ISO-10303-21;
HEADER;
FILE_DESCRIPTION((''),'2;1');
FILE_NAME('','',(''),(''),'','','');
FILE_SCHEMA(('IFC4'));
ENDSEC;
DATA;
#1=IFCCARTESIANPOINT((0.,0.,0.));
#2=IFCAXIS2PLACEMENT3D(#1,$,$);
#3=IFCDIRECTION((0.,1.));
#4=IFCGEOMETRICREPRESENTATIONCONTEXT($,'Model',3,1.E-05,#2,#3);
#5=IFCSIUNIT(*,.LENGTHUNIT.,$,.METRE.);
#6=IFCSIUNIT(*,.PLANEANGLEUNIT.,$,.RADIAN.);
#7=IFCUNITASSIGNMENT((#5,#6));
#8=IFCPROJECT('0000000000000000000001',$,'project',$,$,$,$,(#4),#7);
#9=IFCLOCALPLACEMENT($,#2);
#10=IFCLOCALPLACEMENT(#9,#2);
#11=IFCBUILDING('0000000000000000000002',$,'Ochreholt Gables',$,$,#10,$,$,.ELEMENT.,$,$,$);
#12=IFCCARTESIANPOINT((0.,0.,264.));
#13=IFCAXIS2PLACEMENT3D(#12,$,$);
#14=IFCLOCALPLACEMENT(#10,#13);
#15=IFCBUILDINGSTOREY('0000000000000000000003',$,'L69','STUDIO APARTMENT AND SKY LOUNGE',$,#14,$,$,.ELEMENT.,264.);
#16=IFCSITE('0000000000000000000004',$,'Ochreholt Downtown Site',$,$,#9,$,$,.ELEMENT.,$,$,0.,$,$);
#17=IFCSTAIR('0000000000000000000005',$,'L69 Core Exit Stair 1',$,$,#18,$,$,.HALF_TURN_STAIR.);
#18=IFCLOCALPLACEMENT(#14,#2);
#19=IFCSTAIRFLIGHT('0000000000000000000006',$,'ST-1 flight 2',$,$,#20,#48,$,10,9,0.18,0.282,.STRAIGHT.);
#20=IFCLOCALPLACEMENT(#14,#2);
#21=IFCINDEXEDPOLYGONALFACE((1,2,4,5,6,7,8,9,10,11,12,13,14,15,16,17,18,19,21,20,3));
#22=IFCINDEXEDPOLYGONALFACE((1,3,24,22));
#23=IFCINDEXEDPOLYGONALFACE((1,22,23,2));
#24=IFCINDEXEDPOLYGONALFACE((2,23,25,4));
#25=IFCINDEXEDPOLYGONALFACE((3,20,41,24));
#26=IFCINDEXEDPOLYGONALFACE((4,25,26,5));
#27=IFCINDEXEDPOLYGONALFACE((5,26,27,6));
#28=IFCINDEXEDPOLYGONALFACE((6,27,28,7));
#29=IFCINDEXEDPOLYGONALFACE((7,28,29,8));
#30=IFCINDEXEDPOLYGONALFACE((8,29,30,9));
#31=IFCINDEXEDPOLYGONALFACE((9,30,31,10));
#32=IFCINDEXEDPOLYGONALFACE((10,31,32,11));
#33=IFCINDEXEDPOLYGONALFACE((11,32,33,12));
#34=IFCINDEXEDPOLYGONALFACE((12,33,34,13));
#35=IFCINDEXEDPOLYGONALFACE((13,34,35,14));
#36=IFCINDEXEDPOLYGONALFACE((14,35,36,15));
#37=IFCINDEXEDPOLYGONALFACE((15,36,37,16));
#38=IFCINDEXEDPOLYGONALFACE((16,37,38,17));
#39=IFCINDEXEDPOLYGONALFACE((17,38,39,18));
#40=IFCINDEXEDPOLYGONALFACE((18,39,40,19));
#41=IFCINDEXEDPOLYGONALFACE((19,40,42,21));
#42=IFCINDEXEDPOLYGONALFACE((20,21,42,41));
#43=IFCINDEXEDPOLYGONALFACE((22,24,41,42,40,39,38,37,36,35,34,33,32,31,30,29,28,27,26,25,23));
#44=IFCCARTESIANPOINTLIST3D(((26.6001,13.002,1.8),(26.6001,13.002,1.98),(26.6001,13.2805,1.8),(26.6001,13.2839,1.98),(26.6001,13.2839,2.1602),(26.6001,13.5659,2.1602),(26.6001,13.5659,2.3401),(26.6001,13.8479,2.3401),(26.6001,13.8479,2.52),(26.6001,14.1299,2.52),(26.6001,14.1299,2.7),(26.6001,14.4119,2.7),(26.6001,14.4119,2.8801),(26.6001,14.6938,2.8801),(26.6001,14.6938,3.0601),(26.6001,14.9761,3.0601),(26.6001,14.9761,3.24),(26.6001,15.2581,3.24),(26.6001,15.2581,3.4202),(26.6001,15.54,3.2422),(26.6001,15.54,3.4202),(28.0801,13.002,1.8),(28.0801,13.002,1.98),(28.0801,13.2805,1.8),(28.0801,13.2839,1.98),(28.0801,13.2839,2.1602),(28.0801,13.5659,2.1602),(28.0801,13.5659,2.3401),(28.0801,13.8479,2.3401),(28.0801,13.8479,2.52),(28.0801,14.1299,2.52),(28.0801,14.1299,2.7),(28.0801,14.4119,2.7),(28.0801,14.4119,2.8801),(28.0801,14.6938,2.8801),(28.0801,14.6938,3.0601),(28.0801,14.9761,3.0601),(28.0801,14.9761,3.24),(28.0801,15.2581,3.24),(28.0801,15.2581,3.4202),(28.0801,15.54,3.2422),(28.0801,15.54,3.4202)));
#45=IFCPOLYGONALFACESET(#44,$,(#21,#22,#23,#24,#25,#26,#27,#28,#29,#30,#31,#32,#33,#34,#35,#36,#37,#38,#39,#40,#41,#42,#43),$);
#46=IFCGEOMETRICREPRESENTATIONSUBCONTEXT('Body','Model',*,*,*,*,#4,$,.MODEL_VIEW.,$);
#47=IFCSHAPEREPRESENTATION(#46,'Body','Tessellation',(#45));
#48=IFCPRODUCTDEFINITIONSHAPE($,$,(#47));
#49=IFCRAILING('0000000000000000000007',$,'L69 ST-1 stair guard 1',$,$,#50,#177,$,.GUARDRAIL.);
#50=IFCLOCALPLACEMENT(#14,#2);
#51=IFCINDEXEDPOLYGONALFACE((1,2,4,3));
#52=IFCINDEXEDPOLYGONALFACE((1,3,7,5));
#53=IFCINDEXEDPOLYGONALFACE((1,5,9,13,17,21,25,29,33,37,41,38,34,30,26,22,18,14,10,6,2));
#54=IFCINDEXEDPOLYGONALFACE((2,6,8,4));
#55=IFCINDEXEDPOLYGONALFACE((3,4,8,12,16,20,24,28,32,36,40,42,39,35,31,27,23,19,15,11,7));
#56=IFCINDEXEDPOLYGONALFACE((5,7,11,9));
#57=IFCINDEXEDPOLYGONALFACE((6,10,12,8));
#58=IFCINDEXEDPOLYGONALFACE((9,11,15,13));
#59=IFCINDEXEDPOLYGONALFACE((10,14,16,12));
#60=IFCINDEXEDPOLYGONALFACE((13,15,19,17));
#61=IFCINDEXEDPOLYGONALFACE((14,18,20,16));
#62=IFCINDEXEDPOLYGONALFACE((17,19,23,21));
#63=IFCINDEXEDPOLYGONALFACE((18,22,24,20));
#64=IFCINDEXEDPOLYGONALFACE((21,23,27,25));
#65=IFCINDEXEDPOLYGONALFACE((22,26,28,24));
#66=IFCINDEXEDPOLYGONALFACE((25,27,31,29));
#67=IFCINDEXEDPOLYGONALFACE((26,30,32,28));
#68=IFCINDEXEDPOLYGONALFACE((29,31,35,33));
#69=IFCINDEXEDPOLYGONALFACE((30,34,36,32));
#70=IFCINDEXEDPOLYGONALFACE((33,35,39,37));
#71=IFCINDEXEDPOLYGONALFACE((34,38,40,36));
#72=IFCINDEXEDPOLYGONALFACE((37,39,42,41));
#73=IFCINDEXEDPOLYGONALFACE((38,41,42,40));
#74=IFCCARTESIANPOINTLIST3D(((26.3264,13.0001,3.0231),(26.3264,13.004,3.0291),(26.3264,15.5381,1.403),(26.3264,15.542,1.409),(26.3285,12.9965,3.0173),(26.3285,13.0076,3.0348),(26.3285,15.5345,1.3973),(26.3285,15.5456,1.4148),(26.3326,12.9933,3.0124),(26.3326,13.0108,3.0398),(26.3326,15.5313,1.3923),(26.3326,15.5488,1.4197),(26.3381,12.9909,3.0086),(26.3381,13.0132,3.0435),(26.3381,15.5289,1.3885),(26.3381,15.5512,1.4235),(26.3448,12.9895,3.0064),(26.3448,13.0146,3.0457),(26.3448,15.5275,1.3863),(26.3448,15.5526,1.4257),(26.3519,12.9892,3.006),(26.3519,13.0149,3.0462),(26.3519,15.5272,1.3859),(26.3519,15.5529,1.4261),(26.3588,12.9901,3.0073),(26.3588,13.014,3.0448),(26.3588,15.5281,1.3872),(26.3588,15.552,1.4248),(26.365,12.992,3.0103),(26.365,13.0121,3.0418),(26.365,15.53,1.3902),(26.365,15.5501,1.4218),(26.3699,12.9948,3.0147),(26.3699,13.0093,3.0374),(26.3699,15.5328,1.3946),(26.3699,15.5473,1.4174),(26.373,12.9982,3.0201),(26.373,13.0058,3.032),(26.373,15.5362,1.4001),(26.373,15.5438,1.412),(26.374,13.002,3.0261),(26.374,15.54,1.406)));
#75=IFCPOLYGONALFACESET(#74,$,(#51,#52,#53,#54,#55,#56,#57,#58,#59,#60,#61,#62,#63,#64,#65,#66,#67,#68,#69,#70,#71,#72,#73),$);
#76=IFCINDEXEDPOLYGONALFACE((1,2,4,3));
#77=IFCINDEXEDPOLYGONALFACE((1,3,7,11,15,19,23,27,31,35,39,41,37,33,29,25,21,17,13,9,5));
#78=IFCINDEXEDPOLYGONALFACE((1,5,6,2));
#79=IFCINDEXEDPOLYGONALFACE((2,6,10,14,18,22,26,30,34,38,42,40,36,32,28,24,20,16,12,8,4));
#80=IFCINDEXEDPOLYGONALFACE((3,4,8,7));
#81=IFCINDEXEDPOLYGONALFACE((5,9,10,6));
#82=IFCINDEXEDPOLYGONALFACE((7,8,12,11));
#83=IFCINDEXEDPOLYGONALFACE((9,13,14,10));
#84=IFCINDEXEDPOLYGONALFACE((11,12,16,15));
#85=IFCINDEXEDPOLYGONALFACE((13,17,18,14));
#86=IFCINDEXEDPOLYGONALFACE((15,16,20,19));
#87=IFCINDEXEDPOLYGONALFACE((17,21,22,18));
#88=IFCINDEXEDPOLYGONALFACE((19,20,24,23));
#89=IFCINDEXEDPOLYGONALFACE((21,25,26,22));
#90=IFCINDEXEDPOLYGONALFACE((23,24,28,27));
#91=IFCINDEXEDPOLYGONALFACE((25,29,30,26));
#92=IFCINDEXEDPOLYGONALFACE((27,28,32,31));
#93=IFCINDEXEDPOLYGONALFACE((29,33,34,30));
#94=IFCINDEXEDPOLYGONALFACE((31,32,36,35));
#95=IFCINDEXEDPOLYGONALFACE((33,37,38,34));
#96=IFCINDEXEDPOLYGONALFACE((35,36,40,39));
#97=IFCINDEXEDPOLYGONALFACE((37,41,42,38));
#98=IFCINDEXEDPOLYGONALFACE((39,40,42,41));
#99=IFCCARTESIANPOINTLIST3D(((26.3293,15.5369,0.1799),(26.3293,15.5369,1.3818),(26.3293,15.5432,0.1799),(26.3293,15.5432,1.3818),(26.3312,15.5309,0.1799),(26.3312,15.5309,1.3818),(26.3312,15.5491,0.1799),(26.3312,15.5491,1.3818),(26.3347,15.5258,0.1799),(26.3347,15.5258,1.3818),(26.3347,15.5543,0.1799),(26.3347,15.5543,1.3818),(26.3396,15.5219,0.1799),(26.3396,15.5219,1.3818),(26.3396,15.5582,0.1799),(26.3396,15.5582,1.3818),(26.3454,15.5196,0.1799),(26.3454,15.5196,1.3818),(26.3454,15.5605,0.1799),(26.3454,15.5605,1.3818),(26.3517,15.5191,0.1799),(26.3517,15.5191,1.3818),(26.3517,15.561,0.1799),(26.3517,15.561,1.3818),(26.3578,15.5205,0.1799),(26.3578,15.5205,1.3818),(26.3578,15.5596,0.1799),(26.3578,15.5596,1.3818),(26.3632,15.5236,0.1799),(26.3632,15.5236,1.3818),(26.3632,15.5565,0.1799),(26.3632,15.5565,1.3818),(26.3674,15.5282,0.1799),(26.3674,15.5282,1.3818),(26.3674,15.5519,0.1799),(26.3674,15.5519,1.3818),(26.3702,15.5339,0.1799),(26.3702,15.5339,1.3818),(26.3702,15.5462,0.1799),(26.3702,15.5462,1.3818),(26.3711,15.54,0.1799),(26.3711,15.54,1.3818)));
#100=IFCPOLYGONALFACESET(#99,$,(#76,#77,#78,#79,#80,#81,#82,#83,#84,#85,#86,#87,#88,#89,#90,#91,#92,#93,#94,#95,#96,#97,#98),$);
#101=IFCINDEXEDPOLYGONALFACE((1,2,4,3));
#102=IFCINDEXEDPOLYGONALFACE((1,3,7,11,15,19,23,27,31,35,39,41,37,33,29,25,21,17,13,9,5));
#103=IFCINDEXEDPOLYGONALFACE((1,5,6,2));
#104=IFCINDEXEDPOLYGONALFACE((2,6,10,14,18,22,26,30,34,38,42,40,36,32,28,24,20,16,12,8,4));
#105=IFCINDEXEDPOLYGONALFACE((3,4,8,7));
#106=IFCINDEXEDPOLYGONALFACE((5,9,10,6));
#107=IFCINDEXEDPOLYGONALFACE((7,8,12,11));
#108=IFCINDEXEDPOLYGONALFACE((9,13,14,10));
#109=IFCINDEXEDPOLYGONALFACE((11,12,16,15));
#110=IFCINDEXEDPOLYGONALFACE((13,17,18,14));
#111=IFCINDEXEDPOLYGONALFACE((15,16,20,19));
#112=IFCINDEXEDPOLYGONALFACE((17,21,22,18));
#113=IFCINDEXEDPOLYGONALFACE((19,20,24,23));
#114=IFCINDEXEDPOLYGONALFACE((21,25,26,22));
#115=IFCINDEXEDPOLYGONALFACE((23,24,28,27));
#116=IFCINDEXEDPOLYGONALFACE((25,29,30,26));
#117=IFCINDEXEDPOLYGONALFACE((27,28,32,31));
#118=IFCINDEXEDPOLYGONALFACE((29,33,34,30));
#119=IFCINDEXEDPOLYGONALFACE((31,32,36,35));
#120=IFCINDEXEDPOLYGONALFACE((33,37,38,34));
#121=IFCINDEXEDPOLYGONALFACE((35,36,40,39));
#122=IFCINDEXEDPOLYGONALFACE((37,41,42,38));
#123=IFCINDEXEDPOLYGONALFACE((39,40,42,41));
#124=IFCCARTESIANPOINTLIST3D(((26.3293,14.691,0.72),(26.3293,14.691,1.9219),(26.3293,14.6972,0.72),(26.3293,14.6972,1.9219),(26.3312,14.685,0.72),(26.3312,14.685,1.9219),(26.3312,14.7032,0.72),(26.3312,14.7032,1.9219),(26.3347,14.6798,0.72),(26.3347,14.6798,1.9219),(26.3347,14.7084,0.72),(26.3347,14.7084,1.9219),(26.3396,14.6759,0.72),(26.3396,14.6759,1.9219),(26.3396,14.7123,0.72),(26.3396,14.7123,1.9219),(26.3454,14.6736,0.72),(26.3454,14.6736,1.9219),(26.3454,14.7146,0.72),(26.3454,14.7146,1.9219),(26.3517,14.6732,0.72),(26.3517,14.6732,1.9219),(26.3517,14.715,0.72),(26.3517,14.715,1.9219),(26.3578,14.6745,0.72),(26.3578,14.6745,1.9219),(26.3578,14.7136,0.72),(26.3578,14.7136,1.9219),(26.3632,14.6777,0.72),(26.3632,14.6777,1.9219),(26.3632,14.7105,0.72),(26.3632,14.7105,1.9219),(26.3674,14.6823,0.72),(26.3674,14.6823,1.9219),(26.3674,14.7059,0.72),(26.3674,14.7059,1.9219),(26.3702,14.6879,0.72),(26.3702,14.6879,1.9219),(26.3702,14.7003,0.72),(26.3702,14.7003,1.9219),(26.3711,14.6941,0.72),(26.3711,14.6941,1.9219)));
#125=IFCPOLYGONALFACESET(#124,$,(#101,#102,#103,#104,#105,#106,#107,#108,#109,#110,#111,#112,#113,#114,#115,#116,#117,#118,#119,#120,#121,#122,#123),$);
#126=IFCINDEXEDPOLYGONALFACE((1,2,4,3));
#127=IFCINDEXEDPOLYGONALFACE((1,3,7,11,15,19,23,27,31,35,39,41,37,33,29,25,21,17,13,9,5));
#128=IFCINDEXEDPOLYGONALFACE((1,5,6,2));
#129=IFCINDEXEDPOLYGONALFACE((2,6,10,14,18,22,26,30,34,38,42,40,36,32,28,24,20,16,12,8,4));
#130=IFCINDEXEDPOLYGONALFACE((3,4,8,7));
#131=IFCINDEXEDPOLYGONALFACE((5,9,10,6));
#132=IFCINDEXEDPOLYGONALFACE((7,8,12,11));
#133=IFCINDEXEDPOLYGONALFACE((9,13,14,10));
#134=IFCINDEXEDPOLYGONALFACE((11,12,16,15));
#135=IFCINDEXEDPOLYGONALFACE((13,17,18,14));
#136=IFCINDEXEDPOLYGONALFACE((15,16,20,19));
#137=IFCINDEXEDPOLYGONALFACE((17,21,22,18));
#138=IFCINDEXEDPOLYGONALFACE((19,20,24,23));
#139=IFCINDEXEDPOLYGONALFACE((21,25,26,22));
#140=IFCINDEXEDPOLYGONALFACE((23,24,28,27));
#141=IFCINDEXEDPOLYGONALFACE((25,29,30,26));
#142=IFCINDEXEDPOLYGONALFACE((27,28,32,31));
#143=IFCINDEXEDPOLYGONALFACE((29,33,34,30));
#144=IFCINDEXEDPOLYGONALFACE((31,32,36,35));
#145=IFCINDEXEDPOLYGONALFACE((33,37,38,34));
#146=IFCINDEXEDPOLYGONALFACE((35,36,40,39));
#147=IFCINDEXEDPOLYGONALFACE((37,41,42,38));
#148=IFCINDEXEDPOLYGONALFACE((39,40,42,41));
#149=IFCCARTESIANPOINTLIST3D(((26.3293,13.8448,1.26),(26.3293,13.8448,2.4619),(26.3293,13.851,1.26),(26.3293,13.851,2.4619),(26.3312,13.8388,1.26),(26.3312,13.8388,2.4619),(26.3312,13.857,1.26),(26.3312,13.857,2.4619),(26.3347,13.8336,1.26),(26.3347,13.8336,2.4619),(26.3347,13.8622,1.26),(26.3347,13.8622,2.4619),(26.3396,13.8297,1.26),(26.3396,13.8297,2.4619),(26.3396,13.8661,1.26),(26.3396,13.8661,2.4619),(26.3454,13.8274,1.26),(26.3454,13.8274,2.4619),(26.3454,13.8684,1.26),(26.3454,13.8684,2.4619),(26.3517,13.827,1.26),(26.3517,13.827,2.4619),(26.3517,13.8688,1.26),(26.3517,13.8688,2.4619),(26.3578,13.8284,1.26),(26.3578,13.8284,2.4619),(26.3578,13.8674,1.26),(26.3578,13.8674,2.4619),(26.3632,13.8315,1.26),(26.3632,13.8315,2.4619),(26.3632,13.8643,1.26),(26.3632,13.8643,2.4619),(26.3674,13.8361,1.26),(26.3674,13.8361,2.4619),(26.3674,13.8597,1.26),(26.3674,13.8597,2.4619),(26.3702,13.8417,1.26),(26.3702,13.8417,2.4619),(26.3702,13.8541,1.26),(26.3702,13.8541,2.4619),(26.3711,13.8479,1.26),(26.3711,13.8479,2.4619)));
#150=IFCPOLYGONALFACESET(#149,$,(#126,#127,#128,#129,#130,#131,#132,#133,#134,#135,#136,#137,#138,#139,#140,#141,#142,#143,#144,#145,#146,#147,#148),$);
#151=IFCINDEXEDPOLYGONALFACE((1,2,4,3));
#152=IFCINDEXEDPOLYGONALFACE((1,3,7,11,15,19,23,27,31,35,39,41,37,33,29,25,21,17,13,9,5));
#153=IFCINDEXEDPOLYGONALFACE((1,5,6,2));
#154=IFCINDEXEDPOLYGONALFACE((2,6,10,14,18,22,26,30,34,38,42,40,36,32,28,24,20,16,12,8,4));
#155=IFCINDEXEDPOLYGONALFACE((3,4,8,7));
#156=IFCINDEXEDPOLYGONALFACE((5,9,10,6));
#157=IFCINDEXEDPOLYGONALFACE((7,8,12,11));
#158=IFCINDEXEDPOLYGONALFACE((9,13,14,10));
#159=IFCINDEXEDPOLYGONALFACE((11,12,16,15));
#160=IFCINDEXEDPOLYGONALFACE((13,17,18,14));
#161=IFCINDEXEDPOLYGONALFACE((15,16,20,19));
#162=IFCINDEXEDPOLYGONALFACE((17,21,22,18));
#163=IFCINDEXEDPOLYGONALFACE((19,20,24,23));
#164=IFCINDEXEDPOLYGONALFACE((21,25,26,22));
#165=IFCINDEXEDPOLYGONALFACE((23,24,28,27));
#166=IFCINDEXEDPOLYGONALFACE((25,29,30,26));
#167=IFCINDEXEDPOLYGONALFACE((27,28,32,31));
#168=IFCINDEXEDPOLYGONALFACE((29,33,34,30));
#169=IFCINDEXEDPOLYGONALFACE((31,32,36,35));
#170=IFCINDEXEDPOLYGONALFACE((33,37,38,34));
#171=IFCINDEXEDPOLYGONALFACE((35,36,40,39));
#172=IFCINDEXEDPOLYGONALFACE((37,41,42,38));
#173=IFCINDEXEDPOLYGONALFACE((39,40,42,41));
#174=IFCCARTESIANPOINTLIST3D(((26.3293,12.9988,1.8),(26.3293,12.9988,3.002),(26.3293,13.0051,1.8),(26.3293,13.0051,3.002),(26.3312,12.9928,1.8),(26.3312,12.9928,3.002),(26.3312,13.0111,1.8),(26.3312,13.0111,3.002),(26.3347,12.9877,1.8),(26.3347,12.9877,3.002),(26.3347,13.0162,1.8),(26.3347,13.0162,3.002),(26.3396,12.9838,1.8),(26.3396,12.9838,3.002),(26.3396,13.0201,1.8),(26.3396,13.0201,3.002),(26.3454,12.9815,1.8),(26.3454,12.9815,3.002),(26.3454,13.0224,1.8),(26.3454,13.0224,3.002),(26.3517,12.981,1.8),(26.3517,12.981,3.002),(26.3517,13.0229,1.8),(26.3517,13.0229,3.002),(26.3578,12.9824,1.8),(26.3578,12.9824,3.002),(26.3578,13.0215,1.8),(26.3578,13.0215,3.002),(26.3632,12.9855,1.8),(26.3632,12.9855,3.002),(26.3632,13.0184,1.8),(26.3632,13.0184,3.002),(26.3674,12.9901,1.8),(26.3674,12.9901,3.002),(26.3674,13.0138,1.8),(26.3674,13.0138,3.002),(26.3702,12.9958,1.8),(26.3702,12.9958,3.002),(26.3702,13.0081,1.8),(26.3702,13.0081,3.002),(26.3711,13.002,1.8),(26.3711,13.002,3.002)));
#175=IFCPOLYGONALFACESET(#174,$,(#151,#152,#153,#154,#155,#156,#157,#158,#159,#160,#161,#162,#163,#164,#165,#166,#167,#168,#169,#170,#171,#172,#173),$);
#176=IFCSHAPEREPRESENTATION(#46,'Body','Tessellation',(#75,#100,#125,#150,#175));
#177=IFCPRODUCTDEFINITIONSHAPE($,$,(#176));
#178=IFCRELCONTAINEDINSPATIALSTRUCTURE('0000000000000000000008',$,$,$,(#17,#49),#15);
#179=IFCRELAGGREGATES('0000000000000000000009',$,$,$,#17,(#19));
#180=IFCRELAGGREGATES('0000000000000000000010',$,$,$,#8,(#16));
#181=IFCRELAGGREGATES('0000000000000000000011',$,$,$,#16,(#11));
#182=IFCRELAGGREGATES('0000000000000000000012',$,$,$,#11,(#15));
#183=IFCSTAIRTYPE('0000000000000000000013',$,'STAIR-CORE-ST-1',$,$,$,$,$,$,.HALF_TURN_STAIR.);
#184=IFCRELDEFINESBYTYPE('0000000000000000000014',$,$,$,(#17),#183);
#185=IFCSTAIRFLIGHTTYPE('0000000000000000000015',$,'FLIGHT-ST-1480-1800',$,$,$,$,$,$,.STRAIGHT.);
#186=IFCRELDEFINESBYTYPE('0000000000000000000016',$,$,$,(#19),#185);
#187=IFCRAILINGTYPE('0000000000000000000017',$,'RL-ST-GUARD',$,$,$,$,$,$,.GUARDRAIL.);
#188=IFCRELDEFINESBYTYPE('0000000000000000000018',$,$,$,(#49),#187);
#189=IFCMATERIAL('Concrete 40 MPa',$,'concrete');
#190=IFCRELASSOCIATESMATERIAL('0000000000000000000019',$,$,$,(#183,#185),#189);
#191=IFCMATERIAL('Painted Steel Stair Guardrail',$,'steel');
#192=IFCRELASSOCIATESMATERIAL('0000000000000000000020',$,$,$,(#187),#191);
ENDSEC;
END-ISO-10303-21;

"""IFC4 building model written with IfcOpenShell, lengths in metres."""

from ifc_helpers import new_model, si_unit, direction, frame, origin, origin_2d, place, context, subcontext, project, spatial, polyline, circle, outline, extrude, material, type_object, element, aggregate, save


model = new_model("IFC4")

# Units and contexts
model_context = context("Model", 3, precision=1e-05, world=origin(), true_north=direction((0.0, 1.0)))
body_context = subcontext(model_context, "Body", "Model", "MODEL_VIEW")
ifc_project = project(units=[si_unit("LENGTHUNIT", "METRE"), si_unit("PLANEANGLEUNIT", "RADIAN")], contexts=[model_context])

# Site, building, storey
site_placement = place(None, origin())
site = spatial("IfcSite", under=ifc_project, at=site_placement, Name="Ochreholt Downtown Site", CompositionType="ELEMENT", RefElevation=0.0)
building_placement = place(site_placement, origin())
building = spatial("IfcBuilding", under=site, at=building_placement, Name="Ochreholt Gables", CompositionType="ELEMENT")
storey_placement = place(building_placement, frame((0.0, 0.0, 264.0)))
storey = spatial("IfcBuildingStorey", under=building, at=storey_placement, Name="L69", Description="STUDIO APARTMENT AND SKY LOUNGE", CompositionType="ELEMENT", Elevation=264.0)

# Shared definitions
ifc_material_1 = material(Name="Concrete 40 MPa", Category="concrete")

# Stair, stair flight
stair_type = type_object("IfcStairType", Name="STAIR-CORE-ST-1", PredefinedType="HALF_TURN_STAIR", material=ifc_material_1)
stair_placement = place(storey_placement, origin())
stair = element("IfcStair", 1, at=stair_placement, inside=storey, type_object=stair_type, Name="L69 Core Exit Stair 1", PredefinedType="HALF_TURN_STAIR")
stair_flight_type = type_object("IfcStairFlightType", Name="FLIGHT-ST-1480-1800", PredefinedType="STRAIGHT", material=ifc_material_1)
stair_flight_1_placement = place(storey_placement, frame((27.3401, 13.002, 1.8), z_axis=(0.0, 0.0, 1.0), x_axis=(0.0, 1.0, 0.0)))
stair_flight_1 = element("IfcStairFlight", 2, at=stair_flight_1_placement, type_object=stair_flight_type, Name="ST-1 flight 2", NumberOfRisers=10, NumberOfTreads=9, PredefinedType="STRAIGHT", RiserHeight=0.18, TreadLength=0.282, context=body_context, shape_type="SweptSolid", body=[
    extrude(outline(polyline([(0.0, 0.0), (0.0, 0.1799), (0.282, 0.1799), (0.282, 0.3601), (0.564, 0.3601), (0.564, 0.54), (0.8459, 0.54), (0.8459, 0.72), (1.1279, 0.72), (1.1279, 0.8999), (1.4099, 0.8999), (1.4099, 1.0801), (1.6919, 1.0801), (1.6919, 1.26), (1.9741, 1.26), (1.9741, 1.4399), (2.2561, 1.4399), (2.2561, 1.6201), (2.5381, 1.6201), (2.5381, 1.8), (2.5381, 1.4421), (0.2786, 0.0), (0.0, 0.0)])), frame((0.0, 0.74, 0.0), z_axis=(0.0, -1.0, 0.0), x_axis=(1.0, 0.0, 0.0)), (0.0, 0.0, 1.0), 1.48),
])
aggregate(stair, [stair_flight_1])

# Railing
ifc_material_2 = material(Name="Painted Steel Stair Guardrail", Category="steel")
railing_type_1 = type_object("IfcRailingType", Name="RL-ST-GUARD", PredefinedType="GUARDRAIL", material=ifc_material_2)
railing_1_placement = place(storey_placement, frame((26.3501, 15.54, 0.1799)))
element("IfcRailing", 3, at=railing_1_placement, inside=storey, type_object=railing_type_1, Name="L69 ST-1 stair guard 1", PredefinedType="GUARDRAIL", context=body_context, shape_type="SweptSolid", body=[
    extrude(circle(Radius=0.0239, at=origin_2d()), frame((0.0, 0.0, 1.2261), z_axis=(0.0, -0.842913, 0.53805), x_axis=(1.0, 0.0, 0.0)), (0.0, 0.0, 1.0), 3.011),
    extrude(circle(Radius=0.021, at=origin_2d()), origin(), (0.0, 0.0, 1.0), 1.2019),
    extrude(circle(Radius=0.021, at=origin_2d()), frame((0.0, -0.8459, 0.54)), (0.0, 0.0, 1.0), 1.2019),
    extrude(circle(Radius=0.021, at=origin_2d()), frame((0.0, -1.6921, 1.0801)), (0.0, 0.0, 1.0), 1.2019),
    extrude(circle(Radius=0.021, at=origin_2d()), frame((0.0, -2.5381, 1.6201)), (0.0, 0.0, 1.0), 1.2019),
])

save(model, "model.ifc")
